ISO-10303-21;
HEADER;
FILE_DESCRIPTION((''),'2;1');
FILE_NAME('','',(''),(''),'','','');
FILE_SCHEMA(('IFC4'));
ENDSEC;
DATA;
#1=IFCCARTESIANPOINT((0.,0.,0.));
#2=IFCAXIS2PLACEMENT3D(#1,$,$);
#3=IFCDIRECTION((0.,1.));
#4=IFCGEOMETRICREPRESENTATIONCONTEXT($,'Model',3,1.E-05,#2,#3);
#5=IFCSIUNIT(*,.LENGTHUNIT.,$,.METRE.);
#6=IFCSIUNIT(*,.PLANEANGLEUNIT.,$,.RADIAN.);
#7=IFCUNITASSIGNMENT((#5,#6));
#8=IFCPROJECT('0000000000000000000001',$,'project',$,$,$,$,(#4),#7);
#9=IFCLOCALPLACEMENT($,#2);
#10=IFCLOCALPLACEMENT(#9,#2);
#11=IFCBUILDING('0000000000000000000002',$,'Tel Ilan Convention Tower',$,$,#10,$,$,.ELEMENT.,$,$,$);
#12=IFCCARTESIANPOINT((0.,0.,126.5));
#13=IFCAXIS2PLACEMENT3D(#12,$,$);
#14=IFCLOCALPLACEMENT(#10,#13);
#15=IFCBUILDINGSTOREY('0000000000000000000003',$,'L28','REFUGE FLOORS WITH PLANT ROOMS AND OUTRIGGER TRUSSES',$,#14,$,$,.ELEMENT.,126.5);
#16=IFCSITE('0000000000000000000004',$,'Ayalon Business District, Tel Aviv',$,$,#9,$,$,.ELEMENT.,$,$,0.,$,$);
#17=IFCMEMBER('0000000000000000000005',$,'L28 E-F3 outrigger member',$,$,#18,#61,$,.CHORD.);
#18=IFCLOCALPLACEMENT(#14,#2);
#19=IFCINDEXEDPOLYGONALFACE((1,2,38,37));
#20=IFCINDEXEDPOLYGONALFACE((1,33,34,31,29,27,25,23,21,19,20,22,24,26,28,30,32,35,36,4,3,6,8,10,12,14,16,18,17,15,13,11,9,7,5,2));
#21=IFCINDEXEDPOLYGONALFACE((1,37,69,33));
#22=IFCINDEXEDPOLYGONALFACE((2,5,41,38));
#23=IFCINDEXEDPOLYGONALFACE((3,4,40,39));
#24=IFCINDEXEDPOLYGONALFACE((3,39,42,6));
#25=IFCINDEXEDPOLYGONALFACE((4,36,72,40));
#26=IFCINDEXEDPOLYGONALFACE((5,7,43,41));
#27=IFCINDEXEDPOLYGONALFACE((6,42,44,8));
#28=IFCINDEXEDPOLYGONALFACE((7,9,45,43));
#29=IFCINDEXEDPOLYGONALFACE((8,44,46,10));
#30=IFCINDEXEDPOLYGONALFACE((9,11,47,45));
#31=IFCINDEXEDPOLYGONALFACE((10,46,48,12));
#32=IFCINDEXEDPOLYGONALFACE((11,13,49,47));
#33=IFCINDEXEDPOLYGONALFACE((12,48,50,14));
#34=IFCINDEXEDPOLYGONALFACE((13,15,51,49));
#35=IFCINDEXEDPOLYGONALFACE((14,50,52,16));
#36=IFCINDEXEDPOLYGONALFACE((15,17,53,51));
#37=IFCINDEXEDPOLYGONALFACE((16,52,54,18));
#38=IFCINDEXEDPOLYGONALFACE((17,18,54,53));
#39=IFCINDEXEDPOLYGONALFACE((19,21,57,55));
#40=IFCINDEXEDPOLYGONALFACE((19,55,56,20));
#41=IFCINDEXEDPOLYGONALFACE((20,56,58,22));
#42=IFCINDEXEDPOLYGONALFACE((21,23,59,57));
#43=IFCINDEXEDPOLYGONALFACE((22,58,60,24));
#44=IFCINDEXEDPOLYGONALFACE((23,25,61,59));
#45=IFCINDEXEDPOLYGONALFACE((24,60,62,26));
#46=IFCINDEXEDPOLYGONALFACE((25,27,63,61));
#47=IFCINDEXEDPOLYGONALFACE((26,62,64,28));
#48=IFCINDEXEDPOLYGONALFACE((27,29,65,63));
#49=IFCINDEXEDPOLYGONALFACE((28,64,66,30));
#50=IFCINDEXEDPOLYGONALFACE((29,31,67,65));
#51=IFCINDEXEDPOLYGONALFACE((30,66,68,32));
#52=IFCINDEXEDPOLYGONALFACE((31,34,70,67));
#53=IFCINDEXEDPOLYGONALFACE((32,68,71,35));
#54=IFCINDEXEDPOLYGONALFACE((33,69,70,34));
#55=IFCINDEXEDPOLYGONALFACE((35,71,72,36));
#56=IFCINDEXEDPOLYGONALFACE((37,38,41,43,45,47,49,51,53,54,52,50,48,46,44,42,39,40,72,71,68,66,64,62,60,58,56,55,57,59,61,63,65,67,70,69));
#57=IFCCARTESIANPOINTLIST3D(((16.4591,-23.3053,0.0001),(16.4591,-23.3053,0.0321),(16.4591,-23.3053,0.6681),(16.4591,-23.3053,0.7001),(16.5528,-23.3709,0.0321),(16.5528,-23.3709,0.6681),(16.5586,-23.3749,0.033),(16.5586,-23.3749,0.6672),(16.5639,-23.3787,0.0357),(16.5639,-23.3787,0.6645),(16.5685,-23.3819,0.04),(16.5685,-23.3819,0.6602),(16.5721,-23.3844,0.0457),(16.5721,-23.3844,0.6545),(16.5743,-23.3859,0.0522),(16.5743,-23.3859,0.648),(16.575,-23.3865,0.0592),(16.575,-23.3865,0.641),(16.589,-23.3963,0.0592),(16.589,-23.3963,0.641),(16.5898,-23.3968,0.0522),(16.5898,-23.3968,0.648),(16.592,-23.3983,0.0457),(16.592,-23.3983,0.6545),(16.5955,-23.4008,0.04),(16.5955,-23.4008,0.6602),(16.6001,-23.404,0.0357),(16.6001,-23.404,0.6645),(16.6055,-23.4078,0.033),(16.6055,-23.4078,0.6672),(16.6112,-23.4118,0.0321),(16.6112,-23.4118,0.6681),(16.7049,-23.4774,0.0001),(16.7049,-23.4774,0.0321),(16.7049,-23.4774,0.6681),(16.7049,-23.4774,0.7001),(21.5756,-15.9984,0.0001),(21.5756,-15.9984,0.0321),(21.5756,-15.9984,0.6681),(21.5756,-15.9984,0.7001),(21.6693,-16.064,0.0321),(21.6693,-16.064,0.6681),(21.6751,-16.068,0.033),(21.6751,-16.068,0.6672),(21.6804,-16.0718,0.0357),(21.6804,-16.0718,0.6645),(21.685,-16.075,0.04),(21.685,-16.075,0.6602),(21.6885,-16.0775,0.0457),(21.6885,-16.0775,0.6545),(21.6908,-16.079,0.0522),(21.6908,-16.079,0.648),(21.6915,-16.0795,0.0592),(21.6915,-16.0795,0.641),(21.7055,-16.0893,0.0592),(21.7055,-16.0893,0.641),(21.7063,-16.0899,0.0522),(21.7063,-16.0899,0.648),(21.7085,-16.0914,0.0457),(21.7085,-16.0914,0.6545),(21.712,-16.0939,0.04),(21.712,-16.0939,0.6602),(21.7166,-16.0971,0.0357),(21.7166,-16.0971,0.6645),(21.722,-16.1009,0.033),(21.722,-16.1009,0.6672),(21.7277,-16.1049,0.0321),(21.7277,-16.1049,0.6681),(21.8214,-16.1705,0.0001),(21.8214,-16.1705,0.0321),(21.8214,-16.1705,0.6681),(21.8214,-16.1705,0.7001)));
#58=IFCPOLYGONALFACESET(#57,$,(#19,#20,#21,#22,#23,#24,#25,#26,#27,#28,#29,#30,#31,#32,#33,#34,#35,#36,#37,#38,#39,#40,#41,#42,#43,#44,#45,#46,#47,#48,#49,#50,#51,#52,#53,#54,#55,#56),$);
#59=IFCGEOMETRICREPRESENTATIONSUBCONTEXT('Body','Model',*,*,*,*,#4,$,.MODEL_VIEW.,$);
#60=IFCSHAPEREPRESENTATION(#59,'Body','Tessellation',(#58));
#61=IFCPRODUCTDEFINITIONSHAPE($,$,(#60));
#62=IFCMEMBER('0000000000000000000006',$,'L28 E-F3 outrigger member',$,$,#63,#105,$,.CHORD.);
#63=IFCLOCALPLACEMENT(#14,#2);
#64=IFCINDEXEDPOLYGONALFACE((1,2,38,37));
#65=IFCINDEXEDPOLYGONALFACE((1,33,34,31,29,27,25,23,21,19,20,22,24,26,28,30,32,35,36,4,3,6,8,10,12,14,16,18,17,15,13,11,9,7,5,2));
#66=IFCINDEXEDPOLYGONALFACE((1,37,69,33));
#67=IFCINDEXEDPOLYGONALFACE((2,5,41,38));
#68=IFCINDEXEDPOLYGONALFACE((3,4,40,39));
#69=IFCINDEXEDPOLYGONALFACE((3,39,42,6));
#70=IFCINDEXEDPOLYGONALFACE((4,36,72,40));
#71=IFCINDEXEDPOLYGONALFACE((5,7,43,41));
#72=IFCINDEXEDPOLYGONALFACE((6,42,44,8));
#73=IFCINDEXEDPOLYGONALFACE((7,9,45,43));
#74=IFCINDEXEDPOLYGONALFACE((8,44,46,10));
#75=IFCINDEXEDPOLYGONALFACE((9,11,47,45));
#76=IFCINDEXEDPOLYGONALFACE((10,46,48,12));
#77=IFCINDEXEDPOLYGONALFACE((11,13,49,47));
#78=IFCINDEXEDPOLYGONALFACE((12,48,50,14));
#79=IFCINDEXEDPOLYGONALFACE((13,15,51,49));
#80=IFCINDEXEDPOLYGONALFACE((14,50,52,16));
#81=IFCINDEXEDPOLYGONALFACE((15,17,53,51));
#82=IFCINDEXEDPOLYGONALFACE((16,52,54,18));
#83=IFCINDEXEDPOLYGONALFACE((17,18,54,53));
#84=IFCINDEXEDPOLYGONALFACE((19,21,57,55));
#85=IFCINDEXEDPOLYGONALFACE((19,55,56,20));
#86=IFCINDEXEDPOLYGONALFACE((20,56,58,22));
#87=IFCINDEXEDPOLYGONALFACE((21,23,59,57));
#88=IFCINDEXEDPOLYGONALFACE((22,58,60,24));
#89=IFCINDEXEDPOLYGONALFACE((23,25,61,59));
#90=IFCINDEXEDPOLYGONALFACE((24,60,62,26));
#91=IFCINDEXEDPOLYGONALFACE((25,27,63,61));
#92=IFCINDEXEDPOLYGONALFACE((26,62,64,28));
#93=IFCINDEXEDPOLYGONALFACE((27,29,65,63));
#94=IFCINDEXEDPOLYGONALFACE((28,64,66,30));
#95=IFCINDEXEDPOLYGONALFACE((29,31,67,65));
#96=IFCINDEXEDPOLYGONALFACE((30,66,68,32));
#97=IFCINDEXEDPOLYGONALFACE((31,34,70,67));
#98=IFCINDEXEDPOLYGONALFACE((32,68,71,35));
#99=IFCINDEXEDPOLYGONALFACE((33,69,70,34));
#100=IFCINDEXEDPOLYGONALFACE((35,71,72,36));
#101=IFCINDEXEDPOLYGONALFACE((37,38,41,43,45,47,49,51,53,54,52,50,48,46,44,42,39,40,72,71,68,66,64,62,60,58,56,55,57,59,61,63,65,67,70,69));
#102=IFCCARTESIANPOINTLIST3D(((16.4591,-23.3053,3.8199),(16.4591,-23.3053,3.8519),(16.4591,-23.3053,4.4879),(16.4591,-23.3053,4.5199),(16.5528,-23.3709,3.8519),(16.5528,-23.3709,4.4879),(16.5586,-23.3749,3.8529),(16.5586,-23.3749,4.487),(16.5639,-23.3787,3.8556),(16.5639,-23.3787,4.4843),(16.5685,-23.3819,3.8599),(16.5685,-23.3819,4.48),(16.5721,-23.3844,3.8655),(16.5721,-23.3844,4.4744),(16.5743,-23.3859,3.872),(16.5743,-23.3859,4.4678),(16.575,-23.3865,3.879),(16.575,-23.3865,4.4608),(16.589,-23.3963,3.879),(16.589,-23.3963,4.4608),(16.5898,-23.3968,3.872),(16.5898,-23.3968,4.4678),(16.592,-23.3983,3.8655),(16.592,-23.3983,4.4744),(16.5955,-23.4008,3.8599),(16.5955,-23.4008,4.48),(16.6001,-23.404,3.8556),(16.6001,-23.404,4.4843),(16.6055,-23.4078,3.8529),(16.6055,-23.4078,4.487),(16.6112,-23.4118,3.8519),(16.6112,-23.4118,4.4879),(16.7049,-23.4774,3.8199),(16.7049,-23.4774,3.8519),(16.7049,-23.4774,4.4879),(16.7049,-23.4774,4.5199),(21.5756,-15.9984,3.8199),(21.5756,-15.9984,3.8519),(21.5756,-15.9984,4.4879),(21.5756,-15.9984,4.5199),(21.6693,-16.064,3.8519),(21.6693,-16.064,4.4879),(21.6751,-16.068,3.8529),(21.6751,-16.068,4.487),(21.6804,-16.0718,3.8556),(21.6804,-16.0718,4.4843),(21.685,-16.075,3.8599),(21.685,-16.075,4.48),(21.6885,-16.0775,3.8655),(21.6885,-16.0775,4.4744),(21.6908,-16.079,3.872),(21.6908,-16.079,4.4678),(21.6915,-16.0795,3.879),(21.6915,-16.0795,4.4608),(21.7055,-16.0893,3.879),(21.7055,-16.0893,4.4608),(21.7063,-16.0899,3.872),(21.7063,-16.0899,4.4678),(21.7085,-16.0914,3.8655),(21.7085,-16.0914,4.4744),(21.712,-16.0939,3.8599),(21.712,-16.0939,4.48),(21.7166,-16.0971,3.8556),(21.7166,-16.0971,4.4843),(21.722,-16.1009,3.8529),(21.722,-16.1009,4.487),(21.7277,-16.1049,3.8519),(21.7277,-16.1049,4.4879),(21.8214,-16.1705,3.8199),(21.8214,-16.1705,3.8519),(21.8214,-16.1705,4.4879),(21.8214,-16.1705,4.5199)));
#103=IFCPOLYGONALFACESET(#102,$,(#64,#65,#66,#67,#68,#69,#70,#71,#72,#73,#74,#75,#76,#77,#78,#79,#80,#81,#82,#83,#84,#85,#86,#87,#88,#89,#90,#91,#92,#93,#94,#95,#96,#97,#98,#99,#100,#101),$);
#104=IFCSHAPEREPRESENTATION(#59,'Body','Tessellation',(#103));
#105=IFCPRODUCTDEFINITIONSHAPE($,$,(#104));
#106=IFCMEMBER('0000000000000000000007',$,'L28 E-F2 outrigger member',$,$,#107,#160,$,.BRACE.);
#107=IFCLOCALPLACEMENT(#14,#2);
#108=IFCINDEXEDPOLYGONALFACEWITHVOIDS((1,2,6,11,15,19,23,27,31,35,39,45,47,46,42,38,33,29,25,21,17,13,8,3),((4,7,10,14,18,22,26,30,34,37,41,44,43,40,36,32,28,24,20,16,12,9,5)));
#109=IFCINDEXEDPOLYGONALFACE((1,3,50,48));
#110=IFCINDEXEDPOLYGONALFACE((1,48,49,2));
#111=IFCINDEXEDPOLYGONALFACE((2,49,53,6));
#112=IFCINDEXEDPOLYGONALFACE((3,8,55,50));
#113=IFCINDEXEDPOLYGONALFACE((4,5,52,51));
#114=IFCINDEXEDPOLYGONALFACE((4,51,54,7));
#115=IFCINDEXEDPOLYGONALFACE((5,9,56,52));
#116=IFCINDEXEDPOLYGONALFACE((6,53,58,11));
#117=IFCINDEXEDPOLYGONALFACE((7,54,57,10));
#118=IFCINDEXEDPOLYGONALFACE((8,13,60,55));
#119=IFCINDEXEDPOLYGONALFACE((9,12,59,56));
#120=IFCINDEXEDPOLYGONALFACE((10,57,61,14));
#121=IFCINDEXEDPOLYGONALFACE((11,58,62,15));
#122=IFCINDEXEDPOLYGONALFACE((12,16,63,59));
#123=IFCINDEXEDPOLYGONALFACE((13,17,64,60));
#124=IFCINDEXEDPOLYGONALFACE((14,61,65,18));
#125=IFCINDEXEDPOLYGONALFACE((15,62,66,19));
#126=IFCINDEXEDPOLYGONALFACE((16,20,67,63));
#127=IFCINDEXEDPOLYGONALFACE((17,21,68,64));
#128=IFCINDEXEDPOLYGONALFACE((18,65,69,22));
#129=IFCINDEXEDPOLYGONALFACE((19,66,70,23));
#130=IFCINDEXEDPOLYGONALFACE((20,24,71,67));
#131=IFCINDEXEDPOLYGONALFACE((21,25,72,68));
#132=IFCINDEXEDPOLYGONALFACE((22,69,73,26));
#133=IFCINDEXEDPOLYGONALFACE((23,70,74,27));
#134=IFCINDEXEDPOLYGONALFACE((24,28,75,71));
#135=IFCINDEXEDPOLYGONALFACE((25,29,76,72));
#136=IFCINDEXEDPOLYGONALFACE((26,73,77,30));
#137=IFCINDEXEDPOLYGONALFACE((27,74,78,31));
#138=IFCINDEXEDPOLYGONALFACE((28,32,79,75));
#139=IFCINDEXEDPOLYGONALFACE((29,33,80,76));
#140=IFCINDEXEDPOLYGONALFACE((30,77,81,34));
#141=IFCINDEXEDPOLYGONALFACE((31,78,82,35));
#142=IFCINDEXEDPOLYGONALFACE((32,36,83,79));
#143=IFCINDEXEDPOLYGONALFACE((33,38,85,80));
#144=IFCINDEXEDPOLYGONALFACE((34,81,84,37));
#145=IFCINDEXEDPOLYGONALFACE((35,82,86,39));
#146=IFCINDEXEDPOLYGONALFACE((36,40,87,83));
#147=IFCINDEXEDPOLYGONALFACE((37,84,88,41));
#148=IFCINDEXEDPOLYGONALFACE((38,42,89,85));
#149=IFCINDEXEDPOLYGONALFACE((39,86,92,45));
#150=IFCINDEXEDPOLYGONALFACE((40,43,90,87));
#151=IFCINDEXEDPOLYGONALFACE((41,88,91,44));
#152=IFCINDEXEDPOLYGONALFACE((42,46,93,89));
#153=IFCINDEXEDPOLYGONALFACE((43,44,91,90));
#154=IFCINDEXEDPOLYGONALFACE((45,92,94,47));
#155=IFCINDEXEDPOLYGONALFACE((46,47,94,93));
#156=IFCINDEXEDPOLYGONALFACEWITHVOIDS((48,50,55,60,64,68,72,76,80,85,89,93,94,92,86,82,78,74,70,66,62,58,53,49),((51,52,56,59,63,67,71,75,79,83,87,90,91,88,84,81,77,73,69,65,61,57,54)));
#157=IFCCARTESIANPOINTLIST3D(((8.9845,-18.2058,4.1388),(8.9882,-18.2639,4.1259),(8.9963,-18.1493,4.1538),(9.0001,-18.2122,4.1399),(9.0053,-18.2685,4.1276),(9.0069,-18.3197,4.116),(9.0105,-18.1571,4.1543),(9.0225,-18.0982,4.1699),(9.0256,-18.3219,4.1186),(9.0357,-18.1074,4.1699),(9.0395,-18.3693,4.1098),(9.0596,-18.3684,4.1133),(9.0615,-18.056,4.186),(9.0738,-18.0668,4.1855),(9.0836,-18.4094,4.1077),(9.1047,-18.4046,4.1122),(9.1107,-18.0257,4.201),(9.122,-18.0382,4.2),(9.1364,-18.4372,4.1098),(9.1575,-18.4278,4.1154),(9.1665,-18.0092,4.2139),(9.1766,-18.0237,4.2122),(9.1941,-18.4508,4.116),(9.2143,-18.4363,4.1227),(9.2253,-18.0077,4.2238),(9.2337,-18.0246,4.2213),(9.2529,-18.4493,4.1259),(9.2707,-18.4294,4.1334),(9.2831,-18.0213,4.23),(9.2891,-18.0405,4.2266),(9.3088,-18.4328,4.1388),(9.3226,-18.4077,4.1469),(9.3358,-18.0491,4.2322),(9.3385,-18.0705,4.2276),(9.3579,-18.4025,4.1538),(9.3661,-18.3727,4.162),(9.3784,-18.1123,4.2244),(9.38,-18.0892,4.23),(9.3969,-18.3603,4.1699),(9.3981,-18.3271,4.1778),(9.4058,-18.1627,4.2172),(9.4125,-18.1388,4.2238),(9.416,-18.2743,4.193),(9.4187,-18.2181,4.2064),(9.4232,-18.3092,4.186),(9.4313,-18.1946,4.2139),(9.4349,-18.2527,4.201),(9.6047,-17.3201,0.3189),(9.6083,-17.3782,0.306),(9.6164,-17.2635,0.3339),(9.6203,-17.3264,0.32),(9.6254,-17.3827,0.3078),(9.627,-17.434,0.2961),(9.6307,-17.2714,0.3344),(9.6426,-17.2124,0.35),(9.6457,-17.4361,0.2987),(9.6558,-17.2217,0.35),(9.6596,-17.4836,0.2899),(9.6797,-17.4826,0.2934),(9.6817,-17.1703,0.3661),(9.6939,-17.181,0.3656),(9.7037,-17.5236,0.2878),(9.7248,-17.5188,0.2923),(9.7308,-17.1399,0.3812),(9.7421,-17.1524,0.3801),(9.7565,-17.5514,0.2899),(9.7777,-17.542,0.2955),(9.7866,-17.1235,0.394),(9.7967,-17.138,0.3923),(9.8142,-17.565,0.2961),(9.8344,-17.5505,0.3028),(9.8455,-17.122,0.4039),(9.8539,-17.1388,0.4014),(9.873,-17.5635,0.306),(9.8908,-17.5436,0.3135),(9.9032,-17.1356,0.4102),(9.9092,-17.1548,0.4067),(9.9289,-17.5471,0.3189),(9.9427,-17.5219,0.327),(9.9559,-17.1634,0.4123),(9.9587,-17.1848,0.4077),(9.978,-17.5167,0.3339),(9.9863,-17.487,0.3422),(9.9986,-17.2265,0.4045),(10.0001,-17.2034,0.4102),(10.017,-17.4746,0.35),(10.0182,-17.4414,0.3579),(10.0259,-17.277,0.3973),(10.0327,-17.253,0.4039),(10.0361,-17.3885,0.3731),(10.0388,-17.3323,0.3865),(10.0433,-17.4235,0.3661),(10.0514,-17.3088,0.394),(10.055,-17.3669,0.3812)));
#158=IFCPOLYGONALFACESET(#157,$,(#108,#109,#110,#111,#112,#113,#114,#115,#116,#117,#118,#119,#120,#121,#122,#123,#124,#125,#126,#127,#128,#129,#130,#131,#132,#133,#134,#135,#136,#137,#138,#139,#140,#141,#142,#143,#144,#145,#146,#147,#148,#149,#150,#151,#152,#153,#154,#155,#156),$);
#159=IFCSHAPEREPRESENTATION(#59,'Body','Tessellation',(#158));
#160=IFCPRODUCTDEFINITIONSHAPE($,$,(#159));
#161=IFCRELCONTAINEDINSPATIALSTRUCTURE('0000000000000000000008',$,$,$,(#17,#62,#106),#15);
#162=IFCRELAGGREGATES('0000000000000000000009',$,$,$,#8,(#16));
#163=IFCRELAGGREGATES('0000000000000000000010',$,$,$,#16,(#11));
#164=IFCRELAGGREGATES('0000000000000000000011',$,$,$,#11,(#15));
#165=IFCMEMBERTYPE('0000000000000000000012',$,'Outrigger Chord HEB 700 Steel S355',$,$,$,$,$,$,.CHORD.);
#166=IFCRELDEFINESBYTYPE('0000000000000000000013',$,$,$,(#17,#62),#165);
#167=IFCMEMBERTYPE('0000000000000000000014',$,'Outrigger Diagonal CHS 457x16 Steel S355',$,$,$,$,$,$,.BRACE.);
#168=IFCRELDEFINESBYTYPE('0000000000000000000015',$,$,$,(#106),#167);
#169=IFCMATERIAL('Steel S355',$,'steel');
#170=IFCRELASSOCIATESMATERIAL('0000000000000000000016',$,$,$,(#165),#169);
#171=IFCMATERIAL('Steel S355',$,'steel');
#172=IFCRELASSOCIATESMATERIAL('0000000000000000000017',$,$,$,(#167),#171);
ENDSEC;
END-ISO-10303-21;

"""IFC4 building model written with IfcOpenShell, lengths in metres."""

from ifc_helpers import new_model, si_unit, direction, frame, origin, origin_2d, place, context, subcontext, project, spatial, hollow_circle, i_section, extrude, material, material_profile, profile_set, type_object, element, save


model = new_model("IFC4")

# Units and contexts
model_context = context("Model", 3, precision=1e-05, world=origin(), true_north=direction((0.0, 1.0)))
body_context = subcontext(model_context, "Body", "Model", "MODEL_VIEW")
ifc_project = project(units=[si_unit("LENGTHUNIT", "METRE"), si_unit("PLANEANGLEUNIT", "RADIAN")], contexts=[model_context])

# Site, building, storey
site_placement = place(None, origin())
site = spatial("IfcSite", under=ifc_project, at=site_placement, Name="Ayalon Business District, Tel Aviv", CompositionType="ELEMENT", RefElevation=0.0)
building_placement = place(site_placement, origin())
building = spatial("IfcBuilding", under=site, at=building_placement, Name="Tel Ilan Convention Tower", CompositionType="ELEMENT")
storey_placement = place(building_placement, frame((0.0, 0.0, 126.5)))
storey = spatial("IfcBuildingStorey", under=building, at=storey_placement, Name="L28", Description="REFUGE FLOORS WITH PLANT ROOMS AND OUTRIGGER TRUSSES", CompositionType="ELEMENT", Elevation=126.5)

# Members
ifc_material_1 = material(Name="Steel S355", Category="steel")
ifc_material_profile_1 = material_profile(ifc_material_1, i_section(OverallWidth=0.3, OverallDepth=0.7, WebThickness=0.0171, FlangeThickness=0.032, FilletRadius=0.0271, at=origin_2d()), Name="HEB 700")
ifc_profile_set_1 = profile_set([ifc_material_profile_1], Name="Steel S355")
member_type_1 = type_object("IfcMemberType", Name="Outrigger Chord HEB 700 Steel S355", PredefinedType="CHORD", material=ifc_profile_set_1)
for number, where, z_axis, x_axis, name in (
    (1, (16.582, -23.3914, 0.3501), (0.573585, 0.819146, 0.0), (-0.819146, 0.573585, 0.0), "L28 E-F3 outrigger member"),
    (2, (16.582, -23.3914, 4.1699), (0.573585, 0.819146, 0.0), (-0.819146, 0.573585, 0.0), "L28 E-F3 outrigger member"),
):
    element("IfcMember", number, at=place(storey_placement, frame(where, z_axis=z_axis, x_axis=x_axis)), inside=storey, type_object=member_type_1, Name=name, PredefinedType="CHORD", context=body_context, shape_type="SweptSolid", body=[
        extrude(i_section(OverallWidth=0.3, OverallDepth=0.7, WebThickness=0.0171, FlangeThickness=0.032, FilletRadius=0.0271, at=origin_2d()), origin(), (0.0, 0.0, 1.0), 8.9202),
    ])
ifc_material_2 = material(Name="Steel S355", Category="steel")
ifc_material_profile_2 = material_profile(ifc_material_2, hollow_circle(Radius=0.2285, WallThickness=0.0161, at=origin_2d()), Name="CHS 457x16")
ifc_profile_set_2 = profile_set([ifc_material_profile_2], Name="Steel S355")
member_type_2 = type_object("IfcMemberType", Name="Outrigger Diagonal CHS 457x16 Steel S355", PredefinedType="BRACE", material=ifc_profile_set_2)
for number, where, z_axis, x_axis, name in (
    (3, (9.2097, -18.2292, 4.1699), (0.156205, 0.223114, -0.962195), (-0.819189, 0.573523, 0.0), "L28 E-F2 outrigger member"),
):
    element("IfcMember", number, at=place(storey_placement, frame(where, z_axis=z_axis, x_axis=x_axis)), inside=storey, type_object=member_type_2, Name=name, PredefinedType="BRACE", context=body_context, shape_type="SweptSolid", body=[
        extrude(hollow_circle(Radius=0.2285, WallThickness=0.0161, at=origin_2d()), origin(), (0.0, 0.0, 1.0), 3.97),
    ])

save(model, "model.ifc")
